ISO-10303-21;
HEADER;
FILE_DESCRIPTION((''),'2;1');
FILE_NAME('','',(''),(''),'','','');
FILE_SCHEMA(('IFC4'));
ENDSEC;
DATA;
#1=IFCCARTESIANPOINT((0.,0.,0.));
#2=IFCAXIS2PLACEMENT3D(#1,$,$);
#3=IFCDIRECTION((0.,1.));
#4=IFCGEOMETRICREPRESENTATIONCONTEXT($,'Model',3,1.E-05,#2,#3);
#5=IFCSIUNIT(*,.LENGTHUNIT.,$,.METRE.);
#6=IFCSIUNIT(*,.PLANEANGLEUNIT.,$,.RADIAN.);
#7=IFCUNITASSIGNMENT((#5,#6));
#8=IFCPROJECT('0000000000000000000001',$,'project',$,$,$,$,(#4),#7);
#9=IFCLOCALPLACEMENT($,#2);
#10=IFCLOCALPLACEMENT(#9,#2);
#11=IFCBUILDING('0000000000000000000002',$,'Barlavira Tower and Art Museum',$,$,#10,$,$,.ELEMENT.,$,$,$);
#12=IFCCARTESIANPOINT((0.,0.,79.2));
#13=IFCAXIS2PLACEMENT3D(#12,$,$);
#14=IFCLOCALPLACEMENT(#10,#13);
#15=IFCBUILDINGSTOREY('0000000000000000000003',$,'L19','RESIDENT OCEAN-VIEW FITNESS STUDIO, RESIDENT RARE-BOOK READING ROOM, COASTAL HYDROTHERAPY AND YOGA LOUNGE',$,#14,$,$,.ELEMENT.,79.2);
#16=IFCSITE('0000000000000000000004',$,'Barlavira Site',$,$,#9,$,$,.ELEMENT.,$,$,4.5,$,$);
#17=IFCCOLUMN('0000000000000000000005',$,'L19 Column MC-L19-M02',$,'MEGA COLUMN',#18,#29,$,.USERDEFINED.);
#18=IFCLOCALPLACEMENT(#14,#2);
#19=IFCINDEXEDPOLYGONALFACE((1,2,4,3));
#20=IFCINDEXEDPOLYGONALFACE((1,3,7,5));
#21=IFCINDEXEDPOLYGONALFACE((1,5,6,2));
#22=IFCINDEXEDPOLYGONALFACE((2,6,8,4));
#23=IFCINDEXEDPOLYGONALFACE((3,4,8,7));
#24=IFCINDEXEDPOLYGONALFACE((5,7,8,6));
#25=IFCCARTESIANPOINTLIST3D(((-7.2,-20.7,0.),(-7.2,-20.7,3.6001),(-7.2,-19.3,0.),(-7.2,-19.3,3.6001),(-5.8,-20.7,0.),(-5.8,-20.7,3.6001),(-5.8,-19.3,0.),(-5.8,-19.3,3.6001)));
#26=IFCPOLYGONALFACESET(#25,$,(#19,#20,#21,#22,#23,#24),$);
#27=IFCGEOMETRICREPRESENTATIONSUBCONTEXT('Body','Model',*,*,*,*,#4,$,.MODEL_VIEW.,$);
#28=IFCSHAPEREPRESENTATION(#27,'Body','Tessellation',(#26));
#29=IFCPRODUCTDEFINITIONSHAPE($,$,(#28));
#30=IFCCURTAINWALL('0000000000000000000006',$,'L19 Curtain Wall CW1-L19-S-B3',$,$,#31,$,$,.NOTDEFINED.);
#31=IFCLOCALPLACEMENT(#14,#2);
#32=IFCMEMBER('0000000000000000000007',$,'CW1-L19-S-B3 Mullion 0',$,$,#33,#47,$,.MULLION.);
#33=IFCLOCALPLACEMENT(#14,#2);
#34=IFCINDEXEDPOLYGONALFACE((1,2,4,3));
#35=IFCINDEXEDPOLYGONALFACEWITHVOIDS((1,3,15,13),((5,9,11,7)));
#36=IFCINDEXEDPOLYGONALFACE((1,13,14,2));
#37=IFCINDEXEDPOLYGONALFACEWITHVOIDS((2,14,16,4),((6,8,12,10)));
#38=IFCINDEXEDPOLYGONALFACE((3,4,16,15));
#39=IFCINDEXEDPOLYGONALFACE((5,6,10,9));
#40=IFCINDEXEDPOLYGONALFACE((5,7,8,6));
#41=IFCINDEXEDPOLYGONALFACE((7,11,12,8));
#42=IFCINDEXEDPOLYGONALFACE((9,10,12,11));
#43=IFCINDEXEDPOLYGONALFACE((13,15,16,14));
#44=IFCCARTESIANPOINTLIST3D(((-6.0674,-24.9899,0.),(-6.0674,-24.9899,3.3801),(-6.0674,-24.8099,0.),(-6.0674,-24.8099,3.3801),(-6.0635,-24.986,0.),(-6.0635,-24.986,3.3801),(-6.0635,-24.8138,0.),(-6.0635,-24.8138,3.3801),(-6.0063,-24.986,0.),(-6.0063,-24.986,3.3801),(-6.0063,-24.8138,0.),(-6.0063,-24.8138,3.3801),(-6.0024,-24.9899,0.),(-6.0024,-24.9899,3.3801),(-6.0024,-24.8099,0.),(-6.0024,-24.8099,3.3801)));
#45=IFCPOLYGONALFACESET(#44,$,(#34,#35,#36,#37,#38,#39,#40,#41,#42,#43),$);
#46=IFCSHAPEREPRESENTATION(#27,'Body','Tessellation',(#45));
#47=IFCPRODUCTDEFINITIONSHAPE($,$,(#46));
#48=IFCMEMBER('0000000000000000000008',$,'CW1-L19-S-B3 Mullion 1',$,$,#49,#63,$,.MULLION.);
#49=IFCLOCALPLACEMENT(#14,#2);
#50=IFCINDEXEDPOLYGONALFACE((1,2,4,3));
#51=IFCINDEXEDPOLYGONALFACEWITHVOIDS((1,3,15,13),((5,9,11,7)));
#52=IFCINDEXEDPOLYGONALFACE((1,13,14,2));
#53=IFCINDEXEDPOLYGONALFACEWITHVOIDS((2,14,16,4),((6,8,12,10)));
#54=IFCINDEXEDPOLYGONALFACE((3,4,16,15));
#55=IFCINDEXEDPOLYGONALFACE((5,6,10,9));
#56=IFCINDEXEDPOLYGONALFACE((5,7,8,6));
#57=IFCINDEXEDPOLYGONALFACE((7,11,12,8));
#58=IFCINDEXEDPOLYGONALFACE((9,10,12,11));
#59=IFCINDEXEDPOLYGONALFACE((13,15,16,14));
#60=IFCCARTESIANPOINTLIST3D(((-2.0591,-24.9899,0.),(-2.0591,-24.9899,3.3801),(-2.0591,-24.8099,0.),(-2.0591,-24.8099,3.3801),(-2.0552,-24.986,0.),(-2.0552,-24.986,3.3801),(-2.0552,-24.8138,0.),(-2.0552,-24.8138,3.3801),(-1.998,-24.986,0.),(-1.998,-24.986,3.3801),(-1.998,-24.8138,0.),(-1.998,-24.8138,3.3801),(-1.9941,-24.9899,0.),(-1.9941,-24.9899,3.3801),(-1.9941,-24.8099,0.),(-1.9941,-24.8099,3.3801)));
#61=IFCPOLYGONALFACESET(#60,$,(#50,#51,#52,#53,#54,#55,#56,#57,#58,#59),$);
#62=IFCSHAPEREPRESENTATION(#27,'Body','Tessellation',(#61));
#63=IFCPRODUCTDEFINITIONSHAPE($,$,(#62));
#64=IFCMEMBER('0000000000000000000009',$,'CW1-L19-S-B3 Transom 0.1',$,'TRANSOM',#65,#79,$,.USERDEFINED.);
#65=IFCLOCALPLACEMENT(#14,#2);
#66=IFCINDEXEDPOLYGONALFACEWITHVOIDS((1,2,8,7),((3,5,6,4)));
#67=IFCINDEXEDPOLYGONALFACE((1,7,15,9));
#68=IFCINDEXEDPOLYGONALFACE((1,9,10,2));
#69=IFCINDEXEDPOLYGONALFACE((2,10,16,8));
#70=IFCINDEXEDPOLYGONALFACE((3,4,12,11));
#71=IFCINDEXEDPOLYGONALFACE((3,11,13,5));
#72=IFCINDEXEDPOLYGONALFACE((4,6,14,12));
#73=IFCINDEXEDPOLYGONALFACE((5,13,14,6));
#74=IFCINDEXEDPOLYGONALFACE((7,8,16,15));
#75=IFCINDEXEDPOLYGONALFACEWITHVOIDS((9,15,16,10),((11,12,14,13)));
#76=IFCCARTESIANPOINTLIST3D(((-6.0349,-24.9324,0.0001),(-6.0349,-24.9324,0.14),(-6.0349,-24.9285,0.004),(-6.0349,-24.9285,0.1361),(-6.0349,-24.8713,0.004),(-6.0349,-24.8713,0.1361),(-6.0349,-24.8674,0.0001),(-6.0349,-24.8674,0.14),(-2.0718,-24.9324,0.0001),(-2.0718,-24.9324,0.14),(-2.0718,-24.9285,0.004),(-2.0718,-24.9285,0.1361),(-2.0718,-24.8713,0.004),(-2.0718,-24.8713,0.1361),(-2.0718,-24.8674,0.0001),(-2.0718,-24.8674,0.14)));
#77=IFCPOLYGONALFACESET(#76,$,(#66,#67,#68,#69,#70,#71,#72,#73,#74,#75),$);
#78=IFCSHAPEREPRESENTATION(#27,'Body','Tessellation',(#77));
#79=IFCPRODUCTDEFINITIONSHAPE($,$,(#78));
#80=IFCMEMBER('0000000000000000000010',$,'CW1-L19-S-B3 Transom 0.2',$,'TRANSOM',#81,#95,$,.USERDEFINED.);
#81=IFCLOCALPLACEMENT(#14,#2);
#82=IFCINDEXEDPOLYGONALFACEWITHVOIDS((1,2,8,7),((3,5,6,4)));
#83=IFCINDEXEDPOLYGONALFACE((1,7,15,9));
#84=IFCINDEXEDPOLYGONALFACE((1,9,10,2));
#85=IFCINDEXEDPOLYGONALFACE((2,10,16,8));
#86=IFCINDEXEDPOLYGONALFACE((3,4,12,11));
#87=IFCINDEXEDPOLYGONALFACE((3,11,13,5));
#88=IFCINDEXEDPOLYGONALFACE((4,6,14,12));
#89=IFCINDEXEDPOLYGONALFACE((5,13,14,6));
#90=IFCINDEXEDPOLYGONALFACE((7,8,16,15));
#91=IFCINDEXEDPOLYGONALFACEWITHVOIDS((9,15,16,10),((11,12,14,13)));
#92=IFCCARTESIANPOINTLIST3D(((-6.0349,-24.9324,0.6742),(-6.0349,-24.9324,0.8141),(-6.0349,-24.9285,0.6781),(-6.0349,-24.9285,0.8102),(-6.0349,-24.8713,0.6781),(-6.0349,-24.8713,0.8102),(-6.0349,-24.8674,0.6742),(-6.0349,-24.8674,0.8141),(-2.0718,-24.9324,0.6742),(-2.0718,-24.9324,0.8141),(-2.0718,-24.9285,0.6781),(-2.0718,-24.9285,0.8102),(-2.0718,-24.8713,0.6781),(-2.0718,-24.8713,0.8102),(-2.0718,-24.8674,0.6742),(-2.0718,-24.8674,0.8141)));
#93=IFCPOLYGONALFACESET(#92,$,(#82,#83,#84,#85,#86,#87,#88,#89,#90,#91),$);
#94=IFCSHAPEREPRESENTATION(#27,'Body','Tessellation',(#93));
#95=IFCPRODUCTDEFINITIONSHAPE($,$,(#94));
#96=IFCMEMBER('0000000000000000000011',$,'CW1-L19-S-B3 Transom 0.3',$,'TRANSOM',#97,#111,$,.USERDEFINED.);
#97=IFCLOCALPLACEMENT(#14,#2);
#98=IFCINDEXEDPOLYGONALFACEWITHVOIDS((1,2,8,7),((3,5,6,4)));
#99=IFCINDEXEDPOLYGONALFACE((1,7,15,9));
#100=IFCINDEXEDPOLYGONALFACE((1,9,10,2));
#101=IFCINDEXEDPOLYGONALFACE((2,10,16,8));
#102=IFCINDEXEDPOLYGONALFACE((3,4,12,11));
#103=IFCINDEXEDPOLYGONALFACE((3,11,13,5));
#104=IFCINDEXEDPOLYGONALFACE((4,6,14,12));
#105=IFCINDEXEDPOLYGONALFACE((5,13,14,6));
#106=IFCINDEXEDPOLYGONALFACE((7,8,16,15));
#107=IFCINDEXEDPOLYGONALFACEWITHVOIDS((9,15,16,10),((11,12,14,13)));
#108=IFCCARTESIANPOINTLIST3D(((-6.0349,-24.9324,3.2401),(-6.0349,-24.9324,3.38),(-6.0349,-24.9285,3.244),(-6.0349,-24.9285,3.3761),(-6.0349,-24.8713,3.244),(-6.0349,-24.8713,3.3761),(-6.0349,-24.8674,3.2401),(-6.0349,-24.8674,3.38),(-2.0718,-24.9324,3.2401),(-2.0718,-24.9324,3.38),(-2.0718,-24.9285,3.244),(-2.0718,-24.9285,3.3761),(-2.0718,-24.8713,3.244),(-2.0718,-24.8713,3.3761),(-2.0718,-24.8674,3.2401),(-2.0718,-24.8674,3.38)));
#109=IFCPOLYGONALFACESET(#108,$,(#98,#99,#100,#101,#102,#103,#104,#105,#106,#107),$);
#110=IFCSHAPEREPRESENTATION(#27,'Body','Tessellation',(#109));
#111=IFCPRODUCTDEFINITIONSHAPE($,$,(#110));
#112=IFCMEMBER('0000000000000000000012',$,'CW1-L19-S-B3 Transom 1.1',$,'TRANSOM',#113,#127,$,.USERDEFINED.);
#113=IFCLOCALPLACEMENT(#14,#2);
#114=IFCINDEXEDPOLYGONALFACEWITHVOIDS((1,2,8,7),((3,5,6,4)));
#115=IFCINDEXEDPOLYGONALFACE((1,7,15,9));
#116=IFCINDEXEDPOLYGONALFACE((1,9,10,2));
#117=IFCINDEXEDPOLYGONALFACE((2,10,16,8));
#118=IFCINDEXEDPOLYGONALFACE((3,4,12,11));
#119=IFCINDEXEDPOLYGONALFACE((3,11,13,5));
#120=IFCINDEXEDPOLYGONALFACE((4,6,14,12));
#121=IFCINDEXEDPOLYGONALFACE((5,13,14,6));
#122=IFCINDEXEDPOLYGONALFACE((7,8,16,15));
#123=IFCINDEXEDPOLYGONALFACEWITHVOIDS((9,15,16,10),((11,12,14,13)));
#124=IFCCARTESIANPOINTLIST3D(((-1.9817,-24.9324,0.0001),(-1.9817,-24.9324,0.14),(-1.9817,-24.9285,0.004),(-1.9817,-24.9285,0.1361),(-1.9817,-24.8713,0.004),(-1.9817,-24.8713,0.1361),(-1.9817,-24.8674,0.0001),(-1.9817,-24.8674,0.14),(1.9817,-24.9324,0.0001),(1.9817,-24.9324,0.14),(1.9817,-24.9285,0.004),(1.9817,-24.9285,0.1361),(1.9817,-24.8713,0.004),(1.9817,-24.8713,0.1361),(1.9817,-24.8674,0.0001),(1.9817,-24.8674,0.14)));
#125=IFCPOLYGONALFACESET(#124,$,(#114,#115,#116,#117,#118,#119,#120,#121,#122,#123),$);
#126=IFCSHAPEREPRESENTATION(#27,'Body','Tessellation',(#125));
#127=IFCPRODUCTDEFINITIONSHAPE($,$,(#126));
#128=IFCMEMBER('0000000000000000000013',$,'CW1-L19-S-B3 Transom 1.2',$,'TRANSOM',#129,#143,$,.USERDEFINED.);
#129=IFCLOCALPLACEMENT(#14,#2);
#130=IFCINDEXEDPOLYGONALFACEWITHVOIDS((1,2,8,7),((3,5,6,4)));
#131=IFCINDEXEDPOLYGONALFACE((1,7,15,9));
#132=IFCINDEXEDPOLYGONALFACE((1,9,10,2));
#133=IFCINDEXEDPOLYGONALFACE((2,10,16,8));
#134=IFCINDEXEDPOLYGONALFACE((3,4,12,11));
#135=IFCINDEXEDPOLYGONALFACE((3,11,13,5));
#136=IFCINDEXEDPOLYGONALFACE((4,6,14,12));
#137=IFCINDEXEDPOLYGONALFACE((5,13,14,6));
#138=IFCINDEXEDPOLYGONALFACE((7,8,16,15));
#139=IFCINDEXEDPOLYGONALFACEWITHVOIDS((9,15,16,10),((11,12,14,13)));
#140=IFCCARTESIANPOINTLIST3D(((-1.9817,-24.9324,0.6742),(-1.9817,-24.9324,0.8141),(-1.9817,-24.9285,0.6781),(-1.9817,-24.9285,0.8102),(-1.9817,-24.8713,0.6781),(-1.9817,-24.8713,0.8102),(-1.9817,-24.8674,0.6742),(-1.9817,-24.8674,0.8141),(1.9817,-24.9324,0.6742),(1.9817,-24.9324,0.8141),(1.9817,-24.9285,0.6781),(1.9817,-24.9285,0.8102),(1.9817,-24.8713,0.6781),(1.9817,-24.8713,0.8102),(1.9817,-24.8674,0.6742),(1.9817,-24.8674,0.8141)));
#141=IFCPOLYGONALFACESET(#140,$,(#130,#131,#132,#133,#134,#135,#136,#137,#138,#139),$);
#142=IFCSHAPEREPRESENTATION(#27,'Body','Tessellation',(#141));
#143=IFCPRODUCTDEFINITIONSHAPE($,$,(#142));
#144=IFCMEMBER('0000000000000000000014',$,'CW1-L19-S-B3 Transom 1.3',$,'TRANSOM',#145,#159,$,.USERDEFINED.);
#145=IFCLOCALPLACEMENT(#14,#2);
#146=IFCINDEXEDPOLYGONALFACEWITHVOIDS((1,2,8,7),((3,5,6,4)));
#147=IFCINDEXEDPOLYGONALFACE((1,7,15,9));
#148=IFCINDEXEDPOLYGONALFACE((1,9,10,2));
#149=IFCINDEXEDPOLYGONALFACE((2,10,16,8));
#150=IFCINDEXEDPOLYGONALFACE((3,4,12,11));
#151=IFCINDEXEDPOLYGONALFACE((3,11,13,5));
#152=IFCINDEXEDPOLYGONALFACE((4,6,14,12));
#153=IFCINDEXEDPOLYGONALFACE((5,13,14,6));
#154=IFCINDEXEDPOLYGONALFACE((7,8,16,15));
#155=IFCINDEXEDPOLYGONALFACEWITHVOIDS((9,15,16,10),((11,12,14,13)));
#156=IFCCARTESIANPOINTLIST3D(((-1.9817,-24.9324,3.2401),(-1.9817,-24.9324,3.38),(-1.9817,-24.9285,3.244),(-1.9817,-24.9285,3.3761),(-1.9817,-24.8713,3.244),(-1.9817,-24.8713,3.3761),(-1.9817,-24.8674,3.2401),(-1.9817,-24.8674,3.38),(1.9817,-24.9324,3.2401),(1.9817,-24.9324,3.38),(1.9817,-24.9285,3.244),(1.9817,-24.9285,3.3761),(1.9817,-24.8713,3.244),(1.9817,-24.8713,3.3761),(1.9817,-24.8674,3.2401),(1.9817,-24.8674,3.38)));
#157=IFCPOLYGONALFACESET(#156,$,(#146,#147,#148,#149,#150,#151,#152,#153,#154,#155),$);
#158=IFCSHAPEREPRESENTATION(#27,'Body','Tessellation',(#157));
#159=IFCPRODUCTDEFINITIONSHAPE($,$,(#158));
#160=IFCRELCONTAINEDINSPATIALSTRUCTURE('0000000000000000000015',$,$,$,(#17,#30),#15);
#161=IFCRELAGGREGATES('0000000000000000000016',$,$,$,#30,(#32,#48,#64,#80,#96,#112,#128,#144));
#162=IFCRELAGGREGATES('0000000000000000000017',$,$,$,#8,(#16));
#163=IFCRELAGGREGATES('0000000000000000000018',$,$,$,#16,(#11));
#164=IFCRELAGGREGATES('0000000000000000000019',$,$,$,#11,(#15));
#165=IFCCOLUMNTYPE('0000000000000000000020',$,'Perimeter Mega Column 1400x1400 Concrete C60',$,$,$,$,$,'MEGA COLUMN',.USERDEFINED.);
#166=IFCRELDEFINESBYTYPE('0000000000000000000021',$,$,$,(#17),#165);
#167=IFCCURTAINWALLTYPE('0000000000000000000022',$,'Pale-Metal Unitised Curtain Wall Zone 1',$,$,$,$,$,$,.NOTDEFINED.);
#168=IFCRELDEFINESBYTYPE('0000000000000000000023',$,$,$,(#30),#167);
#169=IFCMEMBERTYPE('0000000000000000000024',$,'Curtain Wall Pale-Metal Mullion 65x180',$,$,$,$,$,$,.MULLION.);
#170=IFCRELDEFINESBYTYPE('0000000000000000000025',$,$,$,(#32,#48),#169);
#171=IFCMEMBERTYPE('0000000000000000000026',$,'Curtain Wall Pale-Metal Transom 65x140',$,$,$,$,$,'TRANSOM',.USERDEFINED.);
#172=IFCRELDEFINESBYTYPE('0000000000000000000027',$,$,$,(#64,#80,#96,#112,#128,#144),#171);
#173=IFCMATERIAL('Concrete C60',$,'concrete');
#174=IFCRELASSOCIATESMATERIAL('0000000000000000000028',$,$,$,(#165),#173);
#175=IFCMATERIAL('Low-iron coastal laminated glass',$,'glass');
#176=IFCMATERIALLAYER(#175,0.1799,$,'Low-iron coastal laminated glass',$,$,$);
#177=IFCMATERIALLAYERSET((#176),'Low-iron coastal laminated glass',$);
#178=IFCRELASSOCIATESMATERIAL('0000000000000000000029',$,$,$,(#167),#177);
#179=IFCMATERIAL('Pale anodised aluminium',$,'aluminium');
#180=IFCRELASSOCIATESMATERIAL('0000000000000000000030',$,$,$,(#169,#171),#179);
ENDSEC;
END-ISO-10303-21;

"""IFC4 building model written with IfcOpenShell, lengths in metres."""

from ifc_helpers import new_model, si_unit, direction, frame, origin, origin_2d, place, context, subcontext, project, spatial, rectangle, hollow_rectangle, extrude, material, layer, layer_set, material_profile, profile_set, type_object, element, aggregate, save


model = new_model("IFC4")

# Units and contexts
model_context = context("Model", 3, precision=1e-05, world=origin(), true_north=direction((0.0, 1.0)))
body_context = subcontext(model_context, "Body", "Model", "MODEL_VIEW")
ifc_project = project(units=[si_unit("LENGTHUNIT", "METRE"), si_unit("PLANEANGLEUNIT", "RADIAN")], contexts=[model_context])

# Site, building, storey
site_placement = place(None, origin())
site = spatial("IfcSite", under=ifc_project, at=site_placement, Name="Barlavira Site", CompositionType="ELEMENT", RefElevation=4.5)
building_placement = place(site_placement, origin())
building = spatial("IfcBuilding", under=site, at=building_placement, Name="Barlavira Tower and Art Museum", CompositionType="ELEMENT")
storey_placement = place(building_placement, frame((0.0, 0.0, 79.2)))
storey = spatial("IfcBuildingStorey", under=building, at=storey_placement, Name="L19", Description="RESIDENT OCEAN-VIEW FITNESS STUDIO, RESIDENT RARE-BOOK READING ROOM, COASTAL HYDROTHERAPY AND YOGA LOUNGE", CompositionType="ELEMENT", Elevation=79.2)

# Column
ifc_material_1 = material(Name="Concrete C60", Category="concrete")
ifc_material_profile_1 = material_profile(ifc_material_1, rectangle(XDim=1.3999, YDim=1.3999, at=origin_2d()), Name="RC-MCOL 1400x1400")
ifc_profile_set_1 = profile_set([ifc_material_profile_1], Name="Concrete C60")
column_type = type_object("IfcColumnType", Name="Perimeter Mega Column 1400x1400 Concrete C60", ElementType="MEGA COLUMN", PredefinedType="USERDEFINED", material=ifc_profile_set_1)
column_placement = place(storey_placement, frame((-6.5, -20.0, 0.0), z_axis=(0.0, 0.0, 1.0), x_axis=(1.0, 0.0, 0.0)))
element("IfcColumn", 1, at=column_placement, inside=storey, type_object=column_type, Name="L19 Column MC-L19-M02", ObjectType="MEGA COLUMN", PredefinedType="USERDEFINED", context=body_context, shape_type="SweptSolid", body=[
    extrude(rectangle(XDim=1.3999, YDim=1.3999, at=origin_2d()), origin(), (0.0, 0.0, 1.0), 3.6001),
])

# Curtain wall, members
ifc_material_2 = material(Name="Low-iron coastal laminated glass", Category="glass")
ifc_layer_1 = layer(ifc_material_2, 0.1799, Name="Low-iron coastal laminated glass")
ifc_layer_set_1 = layer_set([ifc_layer_1], Name="Low-iron coastal laminated glass")
curtain_wall_type = type_object("IfcCurtainWallType", Name="Pale-Metal Unitised Curtain Wall Zone 1", PredefinedType="NOTDEFINED", material=ifc_layer_set_1)
curtain_wall_placement = place(storey_placement, origin())
curtain_wall = element("IfcCurtainWall", 2, at=curtain_wall_placement, inside=storey, type_object=curtain_wall_type, Name="L19 Curtain Wall CW1-L19-S-B3", PredefinedType="NOTDEFINED")
ifc_material_3 = material(Name="Pale anodised aluminium", Category="aluminium")
ifc_material_profile_2 = material_profile(ifc_material_3, hollow_rectangle(XDim=0.0649, YDim=0.1799, WallThickness=0.0039, at=origin_2d()), Name="ALU-MULL 65x180x4")
ifc_profile_set_2 = profile_set([ifc_material_profile_2], Name="Pale anodised aluminium")
member_type_1 = type_object("IfcMemberType", Name="Curtain Wall Pale-Metal Mullion 65x180", PredefinedType="MULLION", material=ifc_profile_set_2)
member_1_placement = place(storey_placement, frame((-6.0349, -24.8999, 0.0), z_axis=(0.0, 0.0, 1.0), x_axis=(1.0, 0.0, 0.0)))
member_1 = element("IfcMember", 3, at=member_1_placement, type_object=member_type_1, Name="CW1-L19-S-B3 Mullion 0", PredefinedType="MULLION", context=body_context, shape_type="SweptSolid", body=[
    extrude(hollow_rectangle(XDim=0.0649, YDim=0.1799, WallThickness=0.0039, at=origin_2d()), origin(), (0.0, 0.0, 1.0), 3.3801),
])
member_2_placement = place(storey_placement, frame((-2.0266, -24.8999, 0.0), z_axis=(0.0, 0.0, 1.0), x_axis=(1.0, 0.0, 0.0)))
member_2 = element("IfcMember", 4, at=member_2_placement, type_object=member_type_1, Name="CW1-L19-S-B3 Mullion 1", PredefinedType="MULLION", context=body_context, shape_type="SweptSolid", body=[
    extrude(hollow_rectangle(XDim=0.0649, YDim=0.1799, WallThickness=0.0039, at=origin_2d()), origin(), (0.0, 0.0, 1.0), 3.3801),
])
ifc_material_profile_3 = material_profile(ifc_material_3, hollow_rectangle(XDim=0.0649, YDim=0.1399, WallThickness=0.0039, at=origin_2d()), Name="ALU-TRAN 65x140x4")
ifc_profile_set_3 = profile_set([ifc_material_profile_3], Name="Pale anodised aluminium")
member_type_2 = type_object("IfcMemberType", Name="Curtain Wall Pale-Metal Transom 65x140", ElementType="TRANSOM", PredefinedType="USERDEFINED", material=ifc_profile_set_3)
member_3_placement = place(storey_placement, frame((-6.0349, -24.8999, 0.0701), z_axis=(1.0, 0.0, 0.0), x_axis=(0.0, 1.0, 0.0)))
member_3 = element("IfcMember", 5, at=member_3_placement, type_object=member_type_2, Name="CW1-L19-S-B3 Transom 0.1", ObjectType="TRANSOM", PredefinedType="USERDEFINED", context=body_context, shape_type="SweptSolid", body=[
    extrude(hollow_rectangle(XDim=0.0649, YDim=0.1399, WallThickness=0.0039, at=origin_2d()), origin(), (0.0, 0.0, 1.0), 3.9631),
])
member_4_placement = place(storey_placement, frame((-6.0349, -24.8999, 0.7441), z_axis=(1.0, 0.0, 0.0), x_axis=(0.0, 1.0, 0.0)))
member_4 = element("IfcMember", 6, at=member_4_placement, type_object=member_type_2, Name="CW1-L19-S-B3 Transom 0.2", ObjectType="TRANSOM", PredefinedType="USERDEFINED", context=body_context, shape_type="SweptSolid", body=[
    extrude(hollow_rectangle(XDim=0.0649, YDim=0.1399, WallThickness=0.0039, at=origin_2d()), origin(), (0.0, 0.0, 1.0), 3.9631),
])
member_5_placement = place(storey_placement, frame((-6.0349, -24.8999, 3.3101), z_axis=(1.0, 0.0, 0.0), x_axis=(0.0, 1.0, 0.0)))
member_5 = element("IfcMember", 7, at=member_5_placement, type_object=member_type_2, Name="CW1-L19-S-B3 Transom 0.3", ObjectType="TRANSOM", PredefinedType="USERDEFINED", context=body_context, shape_type="SweptSolid", body=[
    extrude(hollow_rectangle(XDim=0.0649, YDim=0.1399, WallThickness=0.0039, at=origin_2d()), origin(), (0.0, 0.0, 1.0), 3.9631),
])
member_6_placement = place(storey_placement, frame((-1.9817, -24.8999, 0.0701), z_axis=(1.0, 0.0, 0.0), x_axis=(0.0, 1.0, 0.0)))
member_6 = element("IfcMember", 8, at=member_6_placement, type_object=member_type_2, Name="CW1-L19-S-B3 Transom 1.1", ObjectType="TRANSOM", PredefinedType="USERDEFINED", context=body_context, shape_type="SweptSolid", body=[
    extrude(hollow_rectangle(XDim=0.0649, YDim=0.1399, WallThickness=0.0039, at=origin_2d()), origin(), (0.0, 0.0, 1.0), 3.9634),
])
member_7_placement = place(storey_placement, frame((-1.9817, -24.8999, 0.7441), z_axis=(1.0, 0.0, 0.0), x_axis=(0.0, 1.0, 0.0)))
member_7 = element("IfcMember", 9, at=member_7_placement, type_object=member_type_2, Name="CW1-L19-S-B3 Transom 1.2", ObjectType="TRANSOM", PredefinedType="USERDEFINED", context=body_context, shape_type="SweptSolid", body=[
    extrude(hollow_rectangle(XDim=0.0649, YDim=0.1399, WallThickness=0.0039, at=origin_2d()), origin(), (0.0, 0.0, 1.0), 3.9634),
])
member_8_placement = place(storey_placement, frame((-1.9817, -24.8999, 3.3101), z_axis=(1.0, 0.0, 0.0), x_axis=(0.0, 1.0, 0.0)))
member_8 = element("IfcMember", 10, at=member_8_placement, type_object=member_type_2, Name="CW1-L19-S-B3 Transom 1.3", ObjectType="TRANSOM", PredefinedType="USERDEFINED", context=body_context, shape_type="SweptSolid", body=[
    extrude(hollow_rectangle(XDim=0.0649, YDim=0.1399, WallThickness=0.0039, at=origin_2d()), origin(), (0.0, 0.0, 1.0), 3.9634),
])

aggregate(curtain_wall, [member_1, member_2, member_3, member_4, member_5, member_6, member_7, member_8])

save(model, "model.ifc")
